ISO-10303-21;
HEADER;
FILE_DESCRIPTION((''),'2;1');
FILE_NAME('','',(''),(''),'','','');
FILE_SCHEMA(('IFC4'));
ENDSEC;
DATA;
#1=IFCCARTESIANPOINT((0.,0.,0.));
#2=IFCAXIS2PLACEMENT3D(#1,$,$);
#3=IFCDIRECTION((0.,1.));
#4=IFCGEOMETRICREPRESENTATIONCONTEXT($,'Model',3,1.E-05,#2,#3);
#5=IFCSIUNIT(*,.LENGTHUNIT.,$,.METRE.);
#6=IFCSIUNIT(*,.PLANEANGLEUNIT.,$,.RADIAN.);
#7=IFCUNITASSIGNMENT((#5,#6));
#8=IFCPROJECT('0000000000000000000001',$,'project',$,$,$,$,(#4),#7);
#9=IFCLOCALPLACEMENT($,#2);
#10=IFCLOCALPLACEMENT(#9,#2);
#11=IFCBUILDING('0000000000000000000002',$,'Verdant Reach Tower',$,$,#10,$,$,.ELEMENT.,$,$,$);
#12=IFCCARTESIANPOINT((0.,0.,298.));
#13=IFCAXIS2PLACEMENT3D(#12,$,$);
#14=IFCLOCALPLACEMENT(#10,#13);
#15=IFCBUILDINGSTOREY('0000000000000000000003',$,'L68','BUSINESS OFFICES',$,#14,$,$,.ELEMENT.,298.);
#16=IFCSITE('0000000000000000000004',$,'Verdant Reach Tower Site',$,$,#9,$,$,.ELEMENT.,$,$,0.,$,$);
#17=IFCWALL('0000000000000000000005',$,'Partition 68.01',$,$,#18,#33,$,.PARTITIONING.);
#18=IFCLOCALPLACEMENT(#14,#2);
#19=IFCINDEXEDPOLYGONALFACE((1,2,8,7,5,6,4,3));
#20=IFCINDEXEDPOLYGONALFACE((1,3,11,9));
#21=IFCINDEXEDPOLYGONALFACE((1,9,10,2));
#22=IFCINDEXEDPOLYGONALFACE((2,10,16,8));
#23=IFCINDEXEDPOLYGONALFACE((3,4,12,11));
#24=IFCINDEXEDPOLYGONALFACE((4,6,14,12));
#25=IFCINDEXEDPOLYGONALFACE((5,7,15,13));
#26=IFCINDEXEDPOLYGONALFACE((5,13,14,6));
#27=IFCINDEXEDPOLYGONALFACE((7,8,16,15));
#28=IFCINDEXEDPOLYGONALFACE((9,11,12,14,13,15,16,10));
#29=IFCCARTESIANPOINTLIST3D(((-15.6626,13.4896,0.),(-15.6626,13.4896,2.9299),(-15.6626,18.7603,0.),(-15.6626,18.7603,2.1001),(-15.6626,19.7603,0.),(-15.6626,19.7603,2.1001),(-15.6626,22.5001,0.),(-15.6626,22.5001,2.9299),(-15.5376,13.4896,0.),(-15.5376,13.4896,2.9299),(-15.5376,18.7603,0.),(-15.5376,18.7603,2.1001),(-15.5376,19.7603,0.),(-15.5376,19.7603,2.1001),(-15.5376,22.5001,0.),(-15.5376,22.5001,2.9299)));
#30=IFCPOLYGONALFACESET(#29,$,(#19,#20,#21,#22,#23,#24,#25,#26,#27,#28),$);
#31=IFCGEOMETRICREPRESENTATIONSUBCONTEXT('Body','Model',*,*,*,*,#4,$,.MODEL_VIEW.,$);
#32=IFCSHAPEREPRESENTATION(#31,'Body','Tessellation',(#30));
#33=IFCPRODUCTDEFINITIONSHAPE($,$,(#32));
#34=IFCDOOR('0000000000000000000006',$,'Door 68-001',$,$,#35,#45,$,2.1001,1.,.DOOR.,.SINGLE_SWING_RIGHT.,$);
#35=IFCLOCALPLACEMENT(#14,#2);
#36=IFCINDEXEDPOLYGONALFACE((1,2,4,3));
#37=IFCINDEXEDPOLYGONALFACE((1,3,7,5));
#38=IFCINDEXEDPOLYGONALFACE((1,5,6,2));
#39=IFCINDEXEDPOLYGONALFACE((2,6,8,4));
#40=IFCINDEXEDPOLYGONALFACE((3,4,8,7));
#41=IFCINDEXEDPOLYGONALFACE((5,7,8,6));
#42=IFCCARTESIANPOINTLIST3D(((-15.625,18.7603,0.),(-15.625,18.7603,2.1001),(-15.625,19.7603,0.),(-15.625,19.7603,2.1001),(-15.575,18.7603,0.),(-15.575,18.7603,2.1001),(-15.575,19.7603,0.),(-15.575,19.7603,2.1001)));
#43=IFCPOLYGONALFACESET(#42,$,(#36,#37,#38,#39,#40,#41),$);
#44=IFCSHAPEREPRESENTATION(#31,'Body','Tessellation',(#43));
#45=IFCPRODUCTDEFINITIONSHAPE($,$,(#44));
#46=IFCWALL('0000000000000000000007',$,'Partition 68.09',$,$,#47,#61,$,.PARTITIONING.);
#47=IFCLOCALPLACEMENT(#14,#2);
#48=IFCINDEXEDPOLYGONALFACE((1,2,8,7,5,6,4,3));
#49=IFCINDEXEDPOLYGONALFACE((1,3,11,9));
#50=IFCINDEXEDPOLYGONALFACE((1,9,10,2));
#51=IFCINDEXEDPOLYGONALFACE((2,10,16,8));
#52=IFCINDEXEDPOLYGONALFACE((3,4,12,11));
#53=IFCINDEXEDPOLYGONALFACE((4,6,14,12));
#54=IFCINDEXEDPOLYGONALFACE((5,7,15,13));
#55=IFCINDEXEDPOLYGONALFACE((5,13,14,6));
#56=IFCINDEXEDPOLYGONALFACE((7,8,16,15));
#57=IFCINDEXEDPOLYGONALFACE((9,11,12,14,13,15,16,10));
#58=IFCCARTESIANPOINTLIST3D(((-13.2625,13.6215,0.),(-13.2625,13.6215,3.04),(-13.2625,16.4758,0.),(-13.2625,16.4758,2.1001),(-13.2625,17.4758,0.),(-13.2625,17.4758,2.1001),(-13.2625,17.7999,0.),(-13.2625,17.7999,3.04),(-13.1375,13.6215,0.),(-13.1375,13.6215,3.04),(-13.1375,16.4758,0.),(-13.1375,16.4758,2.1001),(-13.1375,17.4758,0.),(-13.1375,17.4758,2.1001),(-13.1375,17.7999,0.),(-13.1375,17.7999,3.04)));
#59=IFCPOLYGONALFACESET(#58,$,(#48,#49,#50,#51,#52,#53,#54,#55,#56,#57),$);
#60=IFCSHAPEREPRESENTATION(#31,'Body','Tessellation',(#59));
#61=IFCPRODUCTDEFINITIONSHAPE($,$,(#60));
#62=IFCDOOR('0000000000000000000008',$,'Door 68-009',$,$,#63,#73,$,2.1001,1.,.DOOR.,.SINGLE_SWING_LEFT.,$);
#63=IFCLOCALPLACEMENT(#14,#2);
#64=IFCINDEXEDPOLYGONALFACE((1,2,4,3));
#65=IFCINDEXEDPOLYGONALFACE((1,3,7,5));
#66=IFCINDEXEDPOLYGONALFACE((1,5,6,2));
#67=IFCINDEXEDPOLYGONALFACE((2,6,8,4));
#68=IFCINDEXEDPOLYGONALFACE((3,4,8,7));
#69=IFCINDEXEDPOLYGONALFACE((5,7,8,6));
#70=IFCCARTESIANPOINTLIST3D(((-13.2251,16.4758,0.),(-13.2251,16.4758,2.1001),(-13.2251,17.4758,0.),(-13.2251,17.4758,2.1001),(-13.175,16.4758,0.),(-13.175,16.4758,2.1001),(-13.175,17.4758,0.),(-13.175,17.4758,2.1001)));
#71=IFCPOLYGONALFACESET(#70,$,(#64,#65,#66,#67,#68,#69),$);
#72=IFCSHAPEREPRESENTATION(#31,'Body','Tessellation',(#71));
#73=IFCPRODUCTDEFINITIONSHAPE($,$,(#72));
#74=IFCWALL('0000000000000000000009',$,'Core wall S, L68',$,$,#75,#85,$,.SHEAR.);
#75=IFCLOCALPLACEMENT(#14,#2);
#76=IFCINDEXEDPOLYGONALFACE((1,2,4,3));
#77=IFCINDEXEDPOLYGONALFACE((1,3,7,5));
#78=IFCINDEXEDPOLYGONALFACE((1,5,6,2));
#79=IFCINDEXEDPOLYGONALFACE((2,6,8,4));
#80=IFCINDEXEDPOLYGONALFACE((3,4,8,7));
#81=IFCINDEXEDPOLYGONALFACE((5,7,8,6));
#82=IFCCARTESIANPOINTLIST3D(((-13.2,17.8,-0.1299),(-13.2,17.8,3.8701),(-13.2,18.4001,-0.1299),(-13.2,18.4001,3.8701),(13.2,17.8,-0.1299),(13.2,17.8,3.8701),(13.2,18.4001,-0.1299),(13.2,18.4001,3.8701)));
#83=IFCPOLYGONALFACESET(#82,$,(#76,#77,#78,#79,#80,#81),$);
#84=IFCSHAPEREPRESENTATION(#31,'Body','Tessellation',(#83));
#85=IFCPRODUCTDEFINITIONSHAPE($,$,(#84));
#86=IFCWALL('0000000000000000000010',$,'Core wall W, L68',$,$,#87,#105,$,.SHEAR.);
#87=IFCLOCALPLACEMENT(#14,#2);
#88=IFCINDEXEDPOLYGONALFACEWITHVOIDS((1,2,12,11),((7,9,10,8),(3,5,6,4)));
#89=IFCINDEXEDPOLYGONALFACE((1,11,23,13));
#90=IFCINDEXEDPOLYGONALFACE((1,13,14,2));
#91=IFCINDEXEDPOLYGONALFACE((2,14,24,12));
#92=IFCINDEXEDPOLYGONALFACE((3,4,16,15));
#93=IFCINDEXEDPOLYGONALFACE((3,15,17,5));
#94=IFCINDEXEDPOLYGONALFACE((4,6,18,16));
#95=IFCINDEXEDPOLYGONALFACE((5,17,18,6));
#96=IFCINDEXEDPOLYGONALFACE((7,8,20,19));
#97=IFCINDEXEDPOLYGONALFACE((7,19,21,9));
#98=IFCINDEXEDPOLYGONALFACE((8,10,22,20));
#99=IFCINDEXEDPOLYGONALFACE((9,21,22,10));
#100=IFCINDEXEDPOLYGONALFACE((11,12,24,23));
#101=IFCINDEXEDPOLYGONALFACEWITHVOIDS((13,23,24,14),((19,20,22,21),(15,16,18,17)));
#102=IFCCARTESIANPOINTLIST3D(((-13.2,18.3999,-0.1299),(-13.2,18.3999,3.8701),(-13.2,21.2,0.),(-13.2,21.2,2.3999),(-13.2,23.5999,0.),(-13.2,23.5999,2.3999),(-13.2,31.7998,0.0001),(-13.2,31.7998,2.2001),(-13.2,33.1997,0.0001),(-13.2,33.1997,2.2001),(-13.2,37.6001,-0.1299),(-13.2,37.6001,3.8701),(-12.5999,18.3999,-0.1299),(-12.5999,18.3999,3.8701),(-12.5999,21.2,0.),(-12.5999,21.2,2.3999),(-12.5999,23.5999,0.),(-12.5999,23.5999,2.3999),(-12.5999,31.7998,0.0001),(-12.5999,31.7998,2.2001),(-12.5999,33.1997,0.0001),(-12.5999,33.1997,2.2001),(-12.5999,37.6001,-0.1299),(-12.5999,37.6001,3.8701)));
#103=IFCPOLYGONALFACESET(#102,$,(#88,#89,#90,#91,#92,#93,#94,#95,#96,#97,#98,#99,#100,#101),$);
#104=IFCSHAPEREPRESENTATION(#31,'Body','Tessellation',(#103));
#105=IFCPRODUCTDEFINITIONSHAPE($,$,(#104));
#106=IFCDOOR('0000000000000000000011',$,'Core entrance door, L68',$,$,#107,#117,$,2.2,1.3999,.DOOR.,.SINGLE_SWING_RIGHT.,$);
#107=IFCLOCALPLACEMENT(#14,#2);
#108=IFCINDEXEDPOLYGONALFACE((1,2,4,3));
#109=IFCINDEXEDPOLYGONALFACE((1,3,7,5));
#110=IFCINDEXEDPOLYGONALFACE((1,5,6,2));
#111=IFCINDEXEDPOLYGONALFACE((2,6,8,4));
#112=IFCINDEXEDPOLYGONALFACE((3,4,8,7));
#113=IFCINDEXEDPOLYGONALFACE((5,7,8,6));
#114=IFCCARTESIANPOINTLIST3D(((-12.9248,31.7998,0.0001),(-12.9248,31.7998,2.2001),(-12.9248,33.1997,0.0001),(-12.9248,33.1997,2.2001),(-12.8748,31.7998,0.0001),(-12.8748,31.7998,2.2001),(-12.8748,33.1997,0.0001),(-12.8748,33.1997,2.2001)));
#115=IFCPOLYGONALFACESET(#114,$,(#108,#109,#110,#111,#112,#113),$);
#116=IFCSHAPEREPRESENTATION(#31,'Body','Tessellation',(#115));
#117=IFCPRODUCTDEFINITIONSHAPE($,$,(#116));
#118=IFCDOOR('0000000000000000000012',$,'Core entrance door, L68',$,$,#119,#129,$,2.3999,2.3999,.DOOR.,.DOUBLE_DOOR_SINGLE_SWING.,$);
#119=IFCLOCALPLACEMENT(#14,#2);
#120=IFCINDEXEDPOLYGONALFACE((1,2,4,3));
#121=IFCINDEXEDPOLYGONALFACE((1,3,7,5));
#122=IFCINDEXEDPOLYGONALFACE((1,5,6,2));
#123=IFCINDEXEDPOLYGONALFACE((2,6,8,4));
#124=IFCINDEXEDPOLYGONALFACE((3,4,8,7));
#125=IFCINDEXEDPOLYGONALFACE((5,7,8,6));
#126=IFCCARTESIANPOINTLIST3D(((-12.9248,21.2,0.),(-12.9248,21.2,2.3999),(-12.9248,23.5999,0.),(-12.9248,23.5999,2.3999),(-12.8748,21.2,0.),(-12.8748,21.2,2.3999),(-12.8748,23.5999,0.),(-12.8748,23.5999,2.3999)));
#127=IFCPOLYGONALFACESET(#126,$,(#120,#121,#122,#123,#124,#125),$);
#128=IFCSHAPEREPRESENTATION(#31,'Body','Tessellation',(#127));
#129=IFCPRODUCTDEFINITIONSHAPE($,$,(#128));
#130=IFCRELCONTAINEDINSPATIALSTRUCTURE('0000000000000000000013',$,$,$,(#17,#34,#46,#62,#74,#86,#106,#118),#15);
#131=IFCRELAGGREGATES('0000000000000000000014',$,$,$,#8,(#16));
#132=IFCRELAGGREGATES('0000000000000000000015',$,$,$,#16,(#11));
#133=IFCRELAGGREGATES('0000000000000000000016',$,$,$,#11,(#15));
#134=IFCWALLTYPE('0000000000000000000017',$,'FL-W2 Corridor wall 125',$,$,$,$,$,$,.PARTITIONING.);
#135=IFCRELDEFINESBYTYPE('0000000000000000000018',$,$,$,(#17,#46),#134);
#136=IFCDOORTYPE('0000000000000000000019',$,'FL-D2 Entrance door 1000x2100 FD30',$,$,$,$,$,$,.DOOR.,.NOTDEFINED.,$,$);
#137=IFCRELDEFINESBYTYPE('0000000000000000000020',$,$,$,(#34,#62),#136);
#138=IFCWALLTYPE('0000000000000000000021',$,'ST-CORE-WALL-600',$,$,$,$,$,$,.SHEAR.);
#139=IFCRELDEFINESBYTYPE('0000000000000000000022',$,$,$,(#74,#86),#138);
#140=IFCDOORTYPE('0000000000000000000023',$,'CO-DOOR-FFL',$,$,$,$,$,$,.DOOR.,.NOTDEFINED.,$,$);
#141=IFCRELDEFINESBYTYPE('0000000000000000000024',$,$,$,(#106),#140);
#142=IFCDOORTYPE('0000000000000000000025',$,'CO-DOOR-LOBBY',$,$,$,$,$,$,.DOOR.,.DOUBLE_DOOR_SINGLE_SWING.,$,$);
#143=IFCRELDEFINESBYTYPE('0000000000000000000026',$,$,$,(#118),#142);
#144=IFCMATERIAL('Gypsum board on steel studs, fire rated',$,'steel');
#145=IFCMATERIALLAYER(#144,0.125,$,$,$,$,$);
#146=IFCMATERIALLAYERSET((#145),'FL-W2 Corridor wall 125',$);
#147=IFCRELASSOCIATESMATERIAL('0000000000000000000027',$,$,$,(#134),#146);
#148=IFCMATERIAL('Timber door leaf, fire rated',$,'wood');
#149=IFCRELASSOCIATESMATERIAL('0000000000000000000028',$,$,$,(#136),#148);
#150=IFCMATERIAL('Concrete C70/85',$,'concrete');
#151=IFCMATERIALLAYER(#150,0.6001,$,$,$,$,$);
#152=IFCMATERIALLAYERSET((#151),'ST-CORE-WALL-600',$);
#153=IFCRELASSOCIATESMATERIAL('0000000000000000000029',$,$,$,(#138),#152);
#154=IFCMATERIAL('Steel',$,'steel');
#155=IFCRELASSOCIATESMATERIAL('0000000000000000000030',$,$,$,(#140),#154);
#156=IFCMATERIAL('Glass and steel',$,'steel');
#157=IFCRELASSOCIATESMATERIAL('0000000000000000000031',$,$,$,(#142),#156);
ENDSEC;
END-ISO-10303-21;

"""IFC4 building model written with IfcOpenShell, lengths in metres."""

from ifc_helpers import new_model, si_unit, direction, frame, frame_2d, origin, place, context, subcontext, project, spatial, rectangle, extrude, material, layer, layer_set, type_object, element, fill, save


model = new_model("IFC4")

# Units and contexts
model_context = context("Model", 3, precision=1e-05, world=origin(), true_north=direction((0.0, 1.0)))
body_context = subcontext(model_context, "Body", "Model", "MODEL_VIEW")
ifc_project = project(units=[si_unit("LENGTHUNIT", "METRE"), si_unit("PLANEANGLEUNIT", "RADIAN")], contexts=[model_context])

# Site, building, storey
site_placement = place(None, origin())
site = spatial("IfcSite", under=ifc_project, at=site_placement, Name="Verdant Reach Tower Site", CompositionType="ELEMENT", RefElevation=0.0)
building_placement = place(site_placement, origin())
building = spatial("IfcBuilding", under=site, at=building_placement, Name="Verdant Reach Tower", CompositionType="ELEMENT")
storey_placement = place(building_placement, frame((0.0, 0.0, 298.0)))
storey = spatial("IfcBuildingStorey", under=building, at=storey_placement, Name="L68", Description="BUSINESS OFFICES", CompositionType="ELEMENT", Elevation=298.0)

# Walls, openings, doors
ifc_material_1 = material(Name="Gypsum board on steel studs, fire rated", Category="steel")
ifc_layer_1 = layer(ifc_material_1, 0.125)
ifc_layer_set_1 = layer_set([ifc_layer_1], Name="FL-W2 Corridor wall 125")
wall_type_1 = type_object("IfcWallType", Name="FL-W2 Corridor wall 125", PredefinedType="PARTITIONING", material=ifc_layer_set_1)
wall_1_placement = place(storey_placement, frame((-15.6001, 13.4895, 0.0), z_axis=(0.0, 0.0, 1.0), x_axis=(0.0, 1.0, 0.0)))
wall_1 = element("IfcWall", 1, at=wall_1_placement, inside=storey, type_object=wall_type_1, Name="Partition 68.01", PredefinedType="PARTITIONING", context=body_context, shape_type="SweptSolid", body=[
    extrude(rectangle(XDim=9.0105, YDim=0.125, at=frame_2d((4.5054, 0.0))), origin(), (0.0, 0.0, 1.0), 2.9299),
])
opening_1_placement = place(wall_1_placement, frame((5.2708, 0.0, 0.0)))
opening_1 = element("IfcOpeningElement", 2, at=opening_1_placement, cuts=wall_1, PredefinedType="OPENING", context=body_context, shape_type="SweptSolid", body=[
    extrude(rectangle(XDim=1.0, YDim=2.1001, at=frame_2d((0.5, 1.05))), frame((0.0, 0.0725, 0.0), z_axis=(0.0, -1.0, 0.0), x_axis=(1.0, 0.0, 0.0)), (0.0, 0.0, 1.0), 0.145),
])
ifc_material_2 = material(Name="Timber door leaf, fire rated", Category="wood")
door_type_1 = type_object("IfcDoorType", Name="FL-D2 Entrance door 1000x2100 FD30", OperationType="NOTDEFINED", PredefinedType="DOOR", material=ifc_material_2)
door_1_placement = place(opening_1_placement, origin())
door_1 = element("IfcDoor", 3, at=door_1_placement, inside=storey, type_object=door_type_1, Name="Door 68-001", OperationType="SINGLE_SWING_RIGHT", OverallHeight=2.1001, OverallWidth=1.0, PredefinedType="DOOR", context=body_context, shape_type="SweptSolid", body=[
    extrude(rectangle(XDim=1.0, YDim=2.1001, at=frame_2d((0.5, 1.05))), frame((0.0, 0.0249, 0.0), z_axis=(0.0, -1.0, 0.0), x_axis=(1.0, 0.0, 0.0)), (0.0, 0.0, 1.0), 0.05),
])
fill(opening_1, door_1)
wall_2_placement = place(storey_placement, frame((-13.2, 17.8, 0.0), z_axis=(0.0, 0.0, 1.0), x_axis=(0.0, -1.0, 0.0)))
wall_2 = element("IfcWall", 4, at=wall_2_placement, inside=storey, type_object=wall_type_1, Name="Partition 68.09", PredefinedType="PARTITIONING", context=body_context, shape_type="SweptSolid", body=[
    extrude(rectangle(XDim=4.1785, YDim=0.125, at=frame_2d((2.0894, 0.0))), origin(), (0.0, 0.0, 1.0), 3.04),
])
opening_2_placement = place(wall_2_placement, frame((0.3242, 0.0, 0.0)))
opening_2 = element("IfcOpeningElement", 5, at=opening_2_placement, cuts=wall_2, PredefinedType="OPENING", context=body_context, shape_type="SweptSolid", body=[
    extrude(rectangle(XDim=1.0, YDim=2.1001, at=frame_2d((0.5, 1.05))), frame((0.0, 0.0725, 0.0), z_axis=(0.0, -1.0, 0.0), x_axis=(1.0, 0.0, 0.0)), (0.0, 0.0, 1.0), 0.145),
])
door_2_placement = place(opening_2_placement, origin())
door_2 = element("IfcDoor", 6, at=door_2_placement, inside=storey, type_object=door_type_1, Name="Door 68-009", OperationType="SINGLE_SWING_LEFT", OverallHeight=2.1001, OverallWidth=1.0, PredefinedType="DOOR", context=body_context, shape_type="SweptSolid", body=[
    extrude(rectangle(XDim=1.0, YDim=2.1001, at=frame_2d((0.5, 1.05))), frame((0.0, 0.0249, 0.0), z_axis=(0.0, -1.0, 0.0), x_axis=(1.0, 0.0, 0.0)), (0.0, 0.0, 1.0), 0.05),
])
fill(opening_2, door_2)

# Wall
ifc_material_3 = material(Name="Concrete C70/85", Category="concrete")
ifc_layer_2 = layer(ifc_material_3, 0.6001)
ifc_layer_set_2 = layer_set([ifc_layer_2], Name="ST-CORE-WALL-600")
wall_type_2 = type_object("IfcWallType", Name="ST-CORE-WALL-600", PredefinedType="SHEAR", material=ifc_layer_set_2)
wall_3_placement = place(storey_placement, frame((-13.2, 18.1001, -0.1299), z_axis=(0.0, 0.0, 1.0), x_axis=(1.0, 0.0, 0.0)))
element("IfcWall", 7, at=wall_3_placement, inside=storey, type_object=wall_type_2, Name="Core wall S, L68", PredefinedType="SHEAR", context=body_context, shape_type="SweptSolid", body=[
    extrude(rectangle(XDim=26.3999, YDim=0.6001, at=frame_2d((13.2, 0.0))), origin(), (0.0, 0.0, 1.0), 4.0),
])

# Wall, openings, doors
wall_4_placement = place(storey_placement, frame((-12.8999, 18.3999, -0.1299), z_axis=(0.0, 0.0, 1.0), x_axis=(0.0, 1.0, 0.0)))
wall_4 = element("IfcWall", 8, at=wall_4_placement, inside=storey, type_object=wall_type_2, Name="Core wall W, L68", PredefinedType="SHEAR", context=body_context, shape_type="SweptSolid", body=[
    extrude(rectangle(XDim=19.2002, YDim=0.6001, at=frame_2d((9.6001, 0.0))), origin(), (0.0, 0.0, 1.0), 4.0),
])
opening_3_placement = place(wall_4_placement, frame((2.8, 0.0, 0.1299)))
opening_3 = element("IfcOpeningElement", 9, at=opening_3_placement, cuts=wall_4, PredefinedType="OPENING", context=body_context, shape_type="SweptSolid", body=[
    extrude(rectangle(XDim=2.3999, YDim=2.3999, at=frame_2d((1.2, 1.2))), frame((0.0, 0.3101, 0.0), z_axis=(0.0, -1.0, 0.0), x_axis=(1.0, 0.0, 0.0)), (0.0, 0.0, 1.0), 0.6201),
])
opening_4_placement = place(wall_4_placement, frame((13.3999, 0.0, 0.1299)))
opening_4 = element("IfcOpeningElement", 10, at=opening_4_placement, cuts=wall_4, PredefinedType="OPENING", context=body_context, shape_type="SweptSolid", body=[
    extrude(rectangle(XDim=1.3999, YDim=2.2, at=frame_2d((0.7, 1.1001))), frame((0.0, 0.3101, 0.0), z_axis=(0.0, -1.0, 0.0), x_axis=(1.0, 0.0, 0.0)), (0.0, 0.0, 1.0), 0.6201),
])
ifc_material_4 = material(Name="Steel", Category="steel")
door_type_2 = type_object("IfcDoorType", Name="CO-DOOR-FFL", OperationType="NOTDEFINED", PredefinedType="DOOR", material=ifc_material_4)
door_3_placement = place(opening_4_placement, origin())
door_3 = element("IfcDoor", 11, at=door_3_placement, inside=storey, type_object=door_type_2, Name="Core entrance door, L68", OperationType="SINGLE_SWING_RIGHT", OverallHeight=2.2, OverallWidth=1.3999, PredefinedType="DOOR", context=body_context, shape_type="SweptSolid", body=[
    extrude(rectangle(XDim=1.3999, YDim=2.2, at=frame_2d((0.7, 1.1001))), frame((0.0, 0.0249, 0.0), z_axis=(0.0, -1.0, 0.0), x_axis=(1.0, 0.0, 0.0)), (0.0, 0.0, 1.0), 0.05),
])
fill(opening_4, door_3)
ifc_material_5 = material(Name="Glass and steel", Category="steel")
door_type_3 = type_object("IfcDoorType", Name="CO-DOOR-LOBBY", OperationType="DOUBLE_DOOR_SINGLE_SWING", PredefinedType="DOOR", material=ifc_material_5)
door_4_placement = place(opening_3_placement, origin())
door_4 = element("IfcDoor", 12, at=door_4_placement, inside=storey, type_object=door_type_3, Name="Core entrance door, L68", OperationType="DOUBLE_DOOR_SINGLE_SWING", OverallHeight=2.3999, OverallWidth=2.3999, PredefinedType="DOOR", context=body_context, shape_type="SweptSolid", body=[
    extrude(rectangle(XDim=2.3999, YDim=2.3999, at=frame_2d((1.2, 1.2))), frame((0.0, 0.0249, 0.0), z_axis=(0.0, -1.0, 0.0), x_axis=(1.0, 0.0, 0.0)), (0.0, 0.0, 1.0), 0.05),
])
fill(opening_3, door_4)

save(model, "model.ifc")
